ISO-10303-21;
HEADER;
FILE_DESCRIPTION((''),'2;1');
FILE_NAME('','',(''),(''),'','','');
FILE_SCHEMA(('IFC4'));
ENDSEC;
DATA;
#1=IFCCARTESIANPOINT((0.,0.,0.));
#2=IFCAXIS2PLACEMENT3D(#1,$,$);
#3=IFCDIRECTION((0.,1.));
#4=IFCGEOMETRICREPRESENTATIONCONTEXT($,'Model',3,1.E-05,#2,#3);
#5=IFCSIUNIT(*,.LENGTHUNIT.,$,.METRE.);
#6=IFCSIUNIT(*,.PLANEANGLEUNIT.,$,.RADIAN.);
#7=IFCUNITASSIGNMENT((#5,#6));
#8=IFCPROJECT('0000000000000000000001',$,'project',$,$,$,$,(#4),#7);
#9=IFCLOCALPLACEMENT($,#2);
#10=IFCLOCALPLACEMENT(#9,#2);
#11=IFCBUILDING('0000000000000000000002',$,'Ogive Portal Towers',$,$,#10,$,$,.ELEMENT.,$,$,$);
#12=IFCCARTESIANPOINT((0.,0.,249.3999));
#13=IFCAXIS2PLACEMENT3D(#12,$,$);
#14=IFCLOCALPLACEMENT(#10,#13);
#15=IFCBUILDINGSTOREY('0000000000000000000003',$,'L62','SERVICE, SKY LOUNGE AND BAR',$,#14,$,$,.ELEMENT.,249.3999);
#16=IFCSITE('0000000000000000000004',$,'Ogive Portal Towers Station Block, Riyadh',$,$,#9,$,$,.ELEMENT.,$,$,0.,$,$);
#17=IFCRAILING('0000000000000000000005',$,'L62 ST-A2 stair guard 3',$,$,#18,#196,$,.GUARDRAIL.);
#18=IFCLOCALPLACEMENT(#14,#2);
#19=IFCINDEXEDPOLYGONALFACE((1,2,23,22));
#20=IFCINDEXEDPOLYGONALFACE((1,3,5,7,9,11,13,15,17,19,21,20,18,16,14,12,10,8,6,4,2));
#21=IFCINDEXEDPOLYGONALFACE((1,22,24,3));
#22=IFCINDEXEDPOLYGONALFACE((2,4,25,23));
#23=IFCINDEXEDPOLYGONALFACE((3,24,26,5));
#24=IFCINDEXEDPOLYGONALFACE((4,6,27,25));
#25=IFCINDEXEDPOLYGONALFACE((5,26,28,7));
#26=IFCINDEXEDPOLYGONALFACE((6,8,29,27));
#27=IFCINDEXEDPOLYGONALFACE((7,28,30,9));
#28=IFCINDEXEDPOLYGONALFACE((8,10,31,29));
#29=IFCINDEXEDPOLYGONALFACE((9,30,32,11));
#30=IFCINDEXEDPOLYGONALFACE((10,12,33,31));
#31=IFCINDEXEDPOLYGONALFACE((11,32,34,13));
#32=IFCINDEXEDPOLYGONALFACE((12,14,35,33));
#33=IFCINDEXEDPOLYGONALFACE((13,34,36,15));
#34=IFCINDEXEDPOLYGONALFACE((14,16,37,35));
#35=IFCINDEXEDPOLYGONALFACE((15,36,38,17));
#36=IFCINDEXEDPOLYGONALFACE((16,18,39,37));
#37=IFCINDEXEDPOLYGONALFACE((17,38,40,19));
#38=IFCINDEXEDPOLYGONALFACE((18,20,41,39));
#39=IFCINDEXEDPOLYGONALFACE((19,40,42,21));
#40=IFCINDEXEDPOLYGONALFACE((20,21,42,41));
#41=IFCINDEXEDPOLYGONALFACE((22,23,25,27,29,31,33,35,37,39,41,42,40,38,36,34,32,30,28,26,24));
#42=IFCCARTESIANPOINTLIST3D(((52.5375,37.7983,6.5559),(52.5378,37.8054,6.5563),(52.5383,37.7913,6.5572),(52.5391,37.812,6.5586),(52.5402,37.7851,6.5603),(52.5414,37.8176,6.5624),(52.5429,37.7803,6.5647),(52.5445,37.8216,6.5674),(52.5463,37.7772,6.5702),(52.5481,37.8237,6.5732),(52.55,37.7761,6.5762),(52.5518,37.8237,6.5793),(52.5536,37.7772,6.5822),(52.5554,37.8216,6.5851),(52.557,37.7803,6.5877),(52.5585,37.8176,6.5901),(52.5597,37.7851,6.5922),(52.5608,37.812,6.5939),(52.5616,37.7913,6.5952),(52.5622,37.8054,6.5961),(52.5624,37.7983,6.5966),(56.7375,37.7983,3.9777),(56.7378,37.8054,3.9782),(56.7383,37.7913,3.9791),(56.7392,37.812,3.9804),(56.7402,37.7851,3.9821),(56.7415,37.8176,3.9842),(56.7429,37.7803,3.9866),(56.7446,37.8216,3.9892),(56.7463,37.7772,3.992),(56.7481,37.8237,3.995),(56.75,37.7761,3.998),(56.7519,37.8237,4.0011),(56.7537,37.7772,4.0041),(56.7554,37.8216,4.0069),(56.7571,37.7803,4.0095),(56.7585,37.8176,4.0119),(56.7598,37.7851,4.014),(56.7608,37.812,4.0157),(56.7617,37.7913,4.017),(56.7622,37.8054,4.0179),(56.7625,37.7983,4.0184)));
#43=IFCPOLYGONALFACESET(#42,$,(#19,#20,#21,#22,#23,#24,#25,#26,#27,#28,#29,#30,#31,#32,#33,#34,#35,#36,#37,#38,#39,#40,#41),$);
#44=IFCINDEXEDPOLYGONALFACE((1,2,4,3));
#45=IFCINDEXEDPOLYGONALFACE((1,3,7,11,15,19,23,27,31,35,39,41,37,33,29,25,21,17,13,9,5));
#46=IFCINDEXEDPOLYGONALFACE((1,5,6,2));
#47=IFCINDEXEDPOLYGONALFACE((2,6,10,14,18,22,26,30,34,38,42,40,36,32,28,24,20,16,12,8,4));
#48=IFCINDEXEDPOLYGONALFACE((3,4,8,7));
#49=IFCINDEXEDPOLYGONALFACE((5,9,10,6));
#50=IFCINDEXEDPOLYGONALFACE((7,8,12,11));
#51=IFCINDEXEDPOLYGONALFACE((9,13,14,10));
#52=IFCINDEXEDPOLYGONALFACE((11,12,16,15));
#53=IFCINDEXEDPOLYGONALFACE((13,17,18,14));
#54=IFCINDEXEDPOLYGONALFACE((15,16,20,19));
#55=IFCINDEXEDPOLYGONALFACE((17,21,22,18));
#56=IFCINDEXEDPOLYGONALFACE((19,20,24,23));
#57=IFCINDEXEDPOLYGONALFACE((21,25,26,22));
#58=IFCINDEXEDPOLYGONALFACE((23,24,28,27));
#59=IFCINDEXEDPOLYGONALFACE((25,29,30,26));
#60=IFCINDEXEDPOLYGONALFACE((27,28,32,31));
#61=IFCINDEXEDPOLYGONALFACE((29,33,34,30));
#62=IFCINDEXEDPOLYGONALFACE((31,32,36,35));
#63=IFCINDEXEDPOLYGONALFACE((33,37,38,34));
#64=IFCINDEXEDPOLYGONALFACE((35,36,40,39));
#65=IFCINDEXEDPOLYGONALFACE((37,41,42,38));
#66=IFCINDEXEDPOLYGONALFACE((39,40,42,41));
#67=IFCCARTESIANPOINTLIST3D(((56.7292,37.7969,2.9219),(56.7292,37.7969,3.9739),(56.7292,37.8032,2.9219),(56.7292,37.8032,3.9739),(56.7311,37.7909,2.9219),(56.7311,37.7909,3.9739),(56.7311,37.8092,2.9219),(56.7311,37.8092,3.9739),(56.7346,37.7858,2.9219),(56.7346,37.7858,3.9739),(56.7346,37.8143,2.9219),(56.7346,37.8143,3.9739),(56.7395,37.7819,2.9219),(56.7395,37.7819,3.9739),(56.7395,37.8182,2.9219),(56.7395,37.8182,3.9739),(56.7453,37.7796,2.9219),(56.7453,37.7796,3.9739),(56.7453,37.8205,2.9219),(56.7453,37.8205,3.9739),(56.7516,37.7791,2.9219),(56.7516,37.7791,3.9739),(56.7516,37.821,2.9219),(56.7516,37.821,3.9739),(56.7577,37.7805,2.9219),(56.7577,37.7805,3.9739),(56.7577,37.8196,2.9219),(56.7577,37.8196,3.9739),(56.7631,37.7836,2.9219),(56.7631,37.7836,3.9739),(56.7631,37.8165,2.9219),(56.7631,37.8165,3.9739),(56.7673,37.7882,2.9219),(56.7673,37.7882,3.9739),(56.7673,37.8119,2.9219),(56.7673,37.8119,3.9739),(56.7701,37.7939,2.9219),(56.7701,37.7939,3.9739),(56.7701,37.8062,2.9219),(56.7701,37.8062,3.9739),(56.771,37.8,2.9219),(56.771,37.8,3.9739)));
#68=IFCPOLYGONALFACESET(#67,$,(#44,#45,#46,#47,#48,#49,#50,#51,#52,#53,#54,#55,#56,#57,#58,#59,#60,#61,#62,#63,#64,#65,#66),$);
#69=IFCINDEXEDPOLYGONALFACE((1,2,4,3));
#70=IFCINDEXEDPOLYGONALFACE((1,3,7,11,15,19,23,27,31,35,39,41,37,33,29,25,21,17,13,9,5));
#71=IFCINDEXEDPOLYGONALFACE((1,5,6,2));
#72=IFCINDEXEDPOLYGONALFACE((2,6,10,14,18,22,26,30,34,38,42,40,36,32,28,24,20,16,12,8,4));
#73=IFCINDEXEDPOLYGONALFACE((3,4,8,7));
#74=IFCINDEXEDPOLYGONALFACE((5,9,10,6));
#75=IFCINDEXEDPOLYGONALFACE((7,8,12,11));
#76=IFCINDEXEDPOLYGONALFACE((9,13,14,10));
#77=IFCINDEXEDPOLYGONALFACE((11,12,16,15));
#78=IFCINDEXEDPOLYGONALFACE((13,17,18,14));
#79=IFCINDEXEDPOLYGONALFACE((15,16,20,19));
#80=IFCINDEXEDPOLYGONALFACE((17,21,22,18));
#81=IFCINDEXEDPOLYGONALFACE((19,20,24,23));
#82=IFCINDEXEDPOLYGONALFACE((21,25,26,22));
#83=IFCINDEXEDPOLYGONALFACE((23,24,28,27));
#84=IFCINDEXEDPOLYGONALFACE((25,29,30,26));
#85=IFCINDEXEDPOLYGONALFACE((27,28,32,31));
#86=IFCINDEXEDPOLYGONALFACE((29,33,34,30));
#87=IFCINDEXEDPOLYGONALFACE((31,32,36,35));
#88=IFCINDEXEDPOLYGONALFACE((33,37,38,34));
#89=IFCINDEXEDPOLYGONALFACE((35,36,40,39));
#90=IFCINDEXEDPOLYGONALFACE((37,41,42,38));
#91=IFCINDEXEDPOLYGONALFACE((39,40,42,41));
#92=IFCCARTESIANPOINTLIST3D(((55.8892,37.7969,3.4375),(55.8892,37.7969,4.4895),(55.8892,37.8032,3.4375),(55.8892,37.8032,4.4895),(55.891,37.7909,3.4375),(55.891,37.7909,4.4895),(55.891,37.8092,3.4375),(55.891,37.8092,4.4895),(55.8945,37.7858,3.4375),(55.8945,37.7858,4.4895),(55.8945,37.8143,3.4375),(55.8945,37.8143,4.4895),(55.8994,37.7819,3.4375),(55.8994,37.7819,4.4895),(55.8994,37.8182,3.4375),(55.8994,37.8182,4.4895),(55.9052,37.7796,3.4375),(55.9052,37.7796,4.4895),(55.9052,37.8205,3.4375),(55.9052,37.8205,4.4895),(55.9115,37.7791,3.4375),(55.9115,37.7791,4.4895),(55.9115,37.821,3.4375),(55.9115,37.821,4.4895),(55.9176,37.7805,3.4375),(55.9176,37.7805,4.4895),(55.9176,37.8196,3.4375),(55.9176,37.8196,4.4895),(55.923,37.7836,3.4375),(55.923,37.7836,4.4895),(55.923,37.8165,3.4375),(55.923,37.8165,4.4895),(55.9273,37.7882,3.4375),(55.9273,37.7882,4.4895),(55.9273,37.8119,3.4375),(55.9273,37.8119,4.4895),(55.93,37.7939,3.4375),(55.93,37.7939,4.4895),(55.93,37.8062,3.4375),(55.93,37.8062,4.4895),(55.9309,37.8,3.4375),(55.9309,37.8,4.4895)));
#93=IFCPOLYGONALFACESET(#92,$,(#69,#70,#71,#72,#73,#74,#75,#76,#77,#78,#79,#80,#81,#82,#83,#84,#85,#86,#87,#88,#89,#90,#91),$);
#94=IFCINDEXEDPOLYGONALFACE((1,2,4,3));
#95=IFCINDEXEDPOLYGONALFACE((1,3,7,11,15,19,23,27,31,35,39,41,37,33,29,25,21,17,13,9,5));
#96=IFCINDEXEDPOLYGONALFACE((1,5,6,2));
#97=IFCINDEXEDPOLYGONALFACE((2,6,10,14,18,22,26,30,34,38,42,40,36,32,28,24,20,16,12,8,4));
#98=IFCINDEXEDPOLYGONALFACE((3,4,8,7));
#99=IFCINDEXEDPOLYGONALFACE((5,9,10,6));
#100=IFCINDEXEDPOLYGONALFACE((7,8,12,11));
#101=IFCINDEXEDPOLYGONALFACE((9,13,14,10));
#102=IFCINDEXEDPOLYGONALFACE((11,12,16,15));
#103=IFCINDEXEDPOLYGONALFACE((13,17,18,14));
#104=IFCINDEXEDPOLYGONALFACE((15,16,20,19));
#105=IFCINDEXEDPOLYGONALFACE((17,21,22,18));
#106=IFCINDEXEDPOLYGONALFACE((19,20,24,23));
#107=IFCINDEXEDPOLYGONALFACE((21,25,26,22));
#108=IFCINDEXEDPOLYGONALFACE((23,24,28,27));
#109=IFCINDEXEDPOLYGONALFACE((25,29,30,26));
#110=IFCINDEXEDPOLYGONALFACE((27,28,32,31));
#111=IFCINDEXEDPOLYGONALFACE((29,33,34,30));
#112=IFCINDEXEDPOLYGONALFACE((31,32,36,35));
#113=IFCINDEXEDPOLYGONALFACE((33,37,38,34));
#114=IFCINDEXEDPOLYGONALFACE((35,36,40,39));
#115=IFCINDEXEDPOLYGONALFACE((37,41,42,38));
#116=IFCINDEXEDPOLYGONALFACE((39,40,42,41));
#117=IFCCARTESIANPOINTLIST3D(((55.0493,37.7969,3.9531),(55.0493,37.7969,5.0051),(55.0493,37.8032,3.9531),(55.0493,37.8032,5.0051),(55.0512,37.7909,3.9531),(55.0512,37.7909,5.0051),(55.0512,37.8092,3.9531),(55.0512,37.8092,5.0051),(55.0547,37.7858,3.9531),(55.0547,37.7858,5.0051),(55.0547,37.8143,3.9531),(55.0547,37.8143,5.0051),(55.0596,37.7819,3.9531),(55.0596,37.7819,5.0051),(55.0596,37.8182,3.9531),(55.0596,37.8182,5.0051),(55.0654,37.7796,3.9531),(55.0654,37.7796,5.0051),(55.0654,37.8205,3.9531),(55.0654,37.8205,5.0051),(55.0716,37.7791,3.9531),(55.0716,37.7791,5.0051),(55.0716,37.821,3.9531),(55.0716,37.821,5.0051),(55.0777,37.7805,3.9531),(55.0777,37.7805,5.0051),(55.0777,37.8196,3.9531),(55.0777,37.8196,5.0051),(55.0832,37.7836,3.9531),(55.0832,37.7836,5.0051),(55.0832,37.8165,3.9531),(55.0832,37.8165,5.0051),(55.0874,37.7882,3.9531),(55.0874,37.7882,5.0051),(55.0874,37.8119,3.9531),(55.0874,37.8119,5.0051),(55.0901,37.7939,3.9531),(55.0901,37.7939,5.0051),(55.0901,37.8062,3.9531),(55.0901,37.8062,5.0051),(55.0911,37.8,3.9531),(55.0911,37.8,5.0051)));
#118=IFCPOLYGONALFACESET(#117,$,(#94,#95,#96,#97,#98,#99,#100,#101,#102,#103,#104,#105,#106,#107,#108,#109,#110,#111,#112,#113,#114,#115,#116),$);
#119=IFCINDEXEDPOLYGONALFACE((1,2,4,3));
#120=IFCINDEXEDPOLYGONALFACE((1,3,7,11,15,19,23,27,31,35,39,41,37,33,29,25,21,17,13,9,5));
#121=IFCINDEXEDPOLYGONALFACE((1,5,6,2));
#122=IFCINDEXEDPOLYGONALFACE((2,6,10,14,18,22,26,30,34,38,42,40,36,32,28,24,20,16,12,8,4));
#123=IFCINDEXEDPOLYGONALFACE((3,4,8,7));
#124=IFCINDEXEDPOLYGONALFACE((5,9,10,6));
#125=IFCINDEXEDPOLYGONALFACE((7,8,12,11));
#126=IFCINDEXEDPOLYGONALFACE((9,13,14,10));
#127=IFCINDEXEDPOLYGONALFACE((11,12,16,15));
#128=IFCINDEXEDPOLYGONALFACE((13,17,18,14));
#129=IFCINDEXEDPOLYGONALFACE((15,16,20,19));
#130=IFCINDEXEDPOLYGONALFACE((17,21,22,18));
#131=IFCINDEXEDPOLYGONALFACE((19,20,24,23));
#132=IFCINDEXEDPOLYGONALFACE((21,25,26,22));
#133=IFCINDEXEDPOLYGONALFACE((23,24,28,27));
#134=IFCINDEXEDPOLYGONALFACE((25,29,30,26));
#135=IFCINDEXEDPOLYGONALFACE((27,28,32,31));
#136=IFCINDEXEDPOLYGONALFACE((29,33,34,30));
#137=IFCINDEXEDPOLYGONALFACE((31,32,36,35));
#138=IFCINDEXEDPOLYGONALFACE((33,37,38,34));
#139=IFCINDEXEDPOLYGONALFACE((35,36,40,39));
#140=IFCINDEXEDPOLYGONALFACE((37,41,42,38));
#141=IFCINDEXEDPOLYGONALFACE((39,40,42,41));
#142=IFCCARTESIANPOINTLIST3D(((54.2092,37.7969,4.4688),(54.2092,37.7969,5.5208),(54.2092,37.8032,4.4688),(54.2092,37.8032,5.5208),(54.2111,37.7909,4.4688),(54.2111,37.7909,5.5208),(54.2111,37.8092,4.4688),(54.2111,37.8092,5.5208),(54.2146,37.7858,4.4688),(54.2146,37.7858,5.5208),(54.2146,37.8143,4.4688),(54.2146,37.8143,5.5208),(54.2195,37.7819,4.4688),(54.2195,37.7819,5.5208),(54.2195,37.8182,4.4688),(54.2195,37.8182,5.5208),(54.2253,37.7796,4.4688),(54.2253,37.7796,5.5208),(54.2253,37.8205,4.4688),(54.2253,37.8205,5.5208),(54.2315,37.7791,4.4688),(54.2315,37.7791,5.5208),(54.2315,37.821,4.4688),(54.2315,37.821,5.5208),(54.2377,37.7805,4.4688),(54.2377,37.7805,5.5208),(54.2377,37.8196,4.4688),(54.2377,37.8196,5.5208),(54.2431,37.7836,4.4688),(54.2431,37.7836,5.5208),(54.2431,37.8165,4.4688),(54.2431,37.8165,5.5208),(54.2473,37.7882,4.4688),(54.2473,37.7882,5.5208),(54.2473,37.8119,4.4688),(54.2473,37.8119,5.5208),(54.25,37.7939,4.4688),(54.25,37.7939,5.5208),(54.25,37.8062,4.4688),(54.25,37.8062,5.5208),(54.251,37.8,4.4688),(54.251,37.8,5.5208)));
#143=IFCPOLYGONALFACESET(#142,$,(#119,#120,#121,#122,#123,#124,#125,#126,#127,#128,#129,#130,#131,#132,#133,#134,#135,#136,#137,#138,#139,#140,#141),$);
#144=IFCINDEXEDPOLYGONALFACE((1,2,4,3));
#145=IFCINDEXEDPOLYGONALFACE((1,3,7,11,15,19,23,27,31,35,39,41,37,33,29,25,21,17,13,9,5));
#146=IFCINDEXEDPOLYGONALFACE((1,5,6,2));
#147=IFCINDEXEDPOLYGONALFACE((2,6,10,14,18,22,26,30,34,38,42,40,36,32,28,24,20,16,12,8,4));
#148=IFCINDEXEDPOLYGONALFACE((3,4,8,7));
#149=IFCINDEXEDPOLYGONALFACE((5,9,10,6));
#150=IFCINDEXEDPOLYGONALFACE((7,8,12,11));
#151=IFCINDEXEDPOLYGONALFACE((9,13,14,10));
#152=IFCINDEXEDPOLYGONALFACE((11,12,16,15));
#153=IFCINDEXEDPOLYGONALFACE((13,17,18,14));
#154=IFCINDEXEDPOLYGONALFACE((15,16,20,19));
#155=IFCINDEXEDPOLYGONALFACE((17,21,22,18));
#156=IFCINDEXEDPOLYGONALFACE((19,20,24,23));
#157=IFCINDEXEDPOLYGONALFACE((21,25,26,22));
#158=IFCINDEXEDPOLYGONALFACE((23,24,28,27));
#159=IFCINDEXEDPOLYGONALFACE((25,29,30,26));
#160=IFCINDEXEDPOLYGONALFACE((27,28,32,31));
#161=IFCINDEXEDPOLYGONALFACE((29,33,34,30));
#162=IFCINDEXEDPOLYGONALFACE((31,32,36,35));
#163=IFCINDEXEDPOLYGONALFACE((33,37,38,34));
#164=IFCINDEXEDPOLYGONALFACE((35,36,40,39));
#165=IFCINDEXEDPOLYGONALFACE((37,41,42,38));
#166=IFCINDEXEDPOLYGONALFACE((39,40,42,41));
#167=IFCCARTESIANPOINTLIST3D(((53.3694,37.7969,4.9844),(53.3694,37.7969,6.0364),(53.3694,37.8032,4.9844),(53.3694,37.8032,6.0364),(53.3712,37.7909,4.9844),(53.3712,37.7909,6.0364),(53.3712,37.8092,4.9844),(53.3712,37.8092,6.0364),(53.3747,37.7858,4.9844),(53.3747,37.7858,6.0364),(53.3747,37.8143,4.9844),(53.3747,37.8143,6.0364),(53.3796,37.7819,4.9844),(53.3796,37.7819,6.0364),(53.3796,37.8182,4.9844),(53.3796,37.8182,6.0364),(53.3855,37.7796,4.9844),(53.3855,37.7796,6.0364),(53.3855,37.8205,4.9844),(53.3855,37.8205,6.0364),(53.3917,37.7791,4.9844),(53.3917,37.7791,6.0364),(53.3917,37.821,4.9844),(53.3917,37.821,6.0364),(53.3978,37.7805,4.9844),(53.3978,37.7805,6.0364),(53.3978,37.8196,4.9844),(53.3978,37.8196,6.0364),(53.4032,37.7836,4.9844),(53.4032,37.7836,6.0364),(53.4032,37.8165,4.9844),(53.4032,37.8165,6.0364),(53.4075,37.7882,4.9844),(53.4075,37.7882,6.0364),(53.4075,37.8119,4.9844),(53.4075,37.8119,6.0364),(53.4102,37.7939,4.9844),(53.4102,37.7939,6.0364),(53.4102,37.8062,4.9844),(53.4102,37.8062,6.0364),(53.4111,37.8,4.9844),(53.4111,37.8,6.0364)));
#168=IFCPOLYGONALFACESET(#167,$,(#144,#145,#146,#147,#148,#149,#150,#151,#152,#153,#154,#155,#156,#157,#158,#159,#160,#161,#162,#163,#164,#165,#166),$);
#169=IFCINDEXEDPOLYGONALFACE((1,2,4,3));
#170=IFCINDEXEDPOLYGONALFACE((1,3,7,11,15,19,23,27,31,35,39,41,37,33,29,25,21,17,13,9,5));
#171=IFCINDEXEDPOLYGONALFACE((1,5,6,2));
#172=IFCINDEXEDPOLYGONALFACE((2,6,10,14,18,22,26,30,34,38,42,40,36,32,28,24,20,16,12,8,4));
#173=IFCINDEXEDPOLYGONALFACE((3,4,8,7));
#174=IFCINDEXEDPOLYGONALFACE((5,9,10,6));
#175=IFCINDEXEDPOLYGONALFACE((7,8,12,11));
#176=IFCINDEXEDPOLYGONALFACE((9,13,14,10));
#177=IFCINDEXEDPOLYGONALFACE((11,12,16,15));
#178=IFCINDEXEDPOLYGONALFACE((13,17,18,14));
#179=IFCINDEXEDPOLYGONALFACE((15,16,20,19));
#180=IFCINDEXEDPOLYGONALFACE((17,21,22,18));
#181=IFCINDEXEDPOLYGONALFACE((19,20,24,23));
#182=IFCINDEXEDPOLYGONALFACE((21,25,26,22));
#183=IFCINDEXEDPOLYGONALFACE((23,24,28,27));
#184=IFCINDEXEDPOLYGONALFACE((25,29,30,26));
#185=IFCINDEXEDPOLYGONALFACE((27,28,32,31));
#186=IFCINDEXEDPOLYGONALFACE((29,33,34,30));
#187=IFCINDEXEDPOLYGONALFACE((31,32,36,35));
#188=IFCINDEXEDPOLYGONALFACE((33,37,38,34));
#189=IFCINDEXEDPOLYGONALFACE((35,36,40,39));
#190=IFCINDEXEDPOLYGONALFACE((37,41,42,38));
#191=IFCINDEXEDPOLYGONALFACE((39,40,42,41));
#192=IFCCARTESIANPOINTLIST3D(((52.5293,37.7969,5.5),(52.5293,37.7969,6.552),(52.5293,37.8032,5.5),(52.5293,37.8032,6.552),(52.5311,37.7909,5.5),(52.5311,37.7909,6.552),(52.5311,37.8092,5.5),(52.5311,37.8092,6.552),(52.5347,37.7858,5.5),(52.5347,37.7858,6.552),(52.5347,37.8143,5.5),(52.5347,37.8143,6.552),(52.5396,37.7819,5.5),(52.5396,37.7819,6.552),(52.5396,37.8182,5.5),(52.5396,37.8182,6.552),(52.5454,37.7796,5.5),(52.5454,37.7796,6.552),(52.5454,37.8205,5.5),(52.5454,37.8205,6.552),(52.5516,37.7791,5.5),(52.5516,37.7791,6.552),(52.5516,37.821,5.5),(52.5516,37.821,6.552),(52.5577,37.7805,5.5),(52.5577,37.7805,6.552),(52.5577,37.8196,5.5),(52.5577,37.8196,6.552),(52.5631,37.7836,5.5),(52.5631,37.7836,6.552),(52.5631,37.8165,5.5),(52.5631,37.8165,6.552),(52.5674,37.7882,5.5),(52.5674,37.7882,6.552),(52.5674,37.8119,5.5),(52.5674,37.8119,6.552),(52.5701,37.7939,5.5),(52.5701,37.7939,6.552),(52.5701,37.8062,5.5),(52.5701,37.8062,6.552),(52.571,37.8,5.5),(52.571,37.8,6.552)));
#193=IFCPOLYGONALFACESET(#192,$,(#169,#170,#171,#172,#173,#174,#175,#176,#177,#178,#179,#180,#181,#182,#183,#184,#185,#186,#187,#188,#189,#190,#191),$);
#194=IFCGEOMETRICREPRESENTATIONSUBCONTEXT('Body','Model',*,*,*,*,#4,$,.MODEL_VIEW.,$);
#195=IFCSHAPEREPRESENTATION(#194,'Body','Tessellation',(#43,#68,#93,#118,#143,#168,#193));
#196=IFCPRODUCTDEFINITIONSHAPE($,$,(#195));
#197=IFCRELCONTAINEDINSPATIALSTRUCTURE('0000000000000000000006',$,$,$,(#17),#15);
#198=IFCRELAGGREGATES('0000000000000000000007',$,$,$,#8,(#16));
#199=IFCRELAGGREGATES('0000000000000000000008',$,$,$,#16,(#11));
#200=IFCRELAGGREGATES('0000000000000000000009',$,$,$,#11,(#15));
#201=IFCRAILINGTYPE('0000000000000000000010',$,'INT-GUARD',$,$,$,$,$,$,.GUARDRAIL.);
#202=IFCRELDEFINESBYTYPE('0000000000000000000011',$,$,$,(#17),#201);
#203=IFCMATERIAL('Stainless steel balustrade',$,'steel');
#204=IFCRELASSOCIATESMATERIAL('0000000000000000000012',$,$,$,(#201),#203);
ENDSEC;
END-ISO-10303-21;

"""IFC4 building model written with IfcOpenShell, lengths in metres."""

from ifc_helpers import new_model, si_unit, direction, frame, origin, origin_2d, place, context, subcontext, project, spatial, circle, extrude, material, type_object, element, save


model = new_model("IFC4")

# Units and contexts
model_context = context("Model", 3, precision=1e-05, world=origin(), true_north=direction((0.0, 1.0)))
body_context = subcontext(model_context, "Body", "Model", "MODEL_VIEW")
ifc_project = project(units=[si_unit("LENGTHUNIT", "METRE"), si_unit("PLANEANGLEUNIT", "RADIAN")], contexts=[model_context])

# Site, building, storey
site_placement = place(None, origin())
site = spatial("IfcSite", under=ifc_project, at=site_placement, Name="Ogive Portal Towers Station Block, Riyadh", CompositionType="ELEMENT", RefElevation=0.0)
building_placement = place(site_placement, origin())
building = spatial("IfcBuilding", under=site, at=building_placement, Name="Ogive Portal Towers", CompositionType="ELEMENT")
storey_placement = place(building_placement, frame((0.0, 0.0, 249.3999)))
storey = spatial("IfcBuildingStorey", under=building, at=storey_placement, Name="L62", Description="SERVICE, SKY LOUNGE AND BAR", CompositionType="ELEMENT", Elevation=249.3999)

# Railing
ifc_material_1 = material(Name="Stainless steel balustrade", Category="steel")
railing_type_1 = type_object("IfcRailingType", Name="INT-GUARD", PredefinedType="GUARDRAIL", material=ifc_material_1)
railing_1_placement = place(storey_placement, frame((56.75, 37.8, 2.9219)))
element("IfcRailing", 1, at=railing_1_placement, inside=storey, type_object=railing_type_1, Name="L62 ST-A2 stair guard 3", PredefinedType="GUARDRAIL", context=body_context, shape_type="SweptSolid", body=[
    extrude(circle(Radius=0.0239, at=origin_2d()), frame((0.0, 0.0, 1.0762), z_axis=(-0.852243, 0.0, 0.523146), x_axis=(0.0, -1.0, 0.0)), (0.0, 0.0, 1.0), 4.9282),
    extrude(circle(Radius=0.021, at=origin_2d()), origin(), (0.0, 0.0, 1.0), 1.052),
    extrude(circle(Radius=0.021, at=origin_2d()), frame((-0.8401, 0.0, 0.5156)), (0.0, 0.0, 1.0), 1.052),
    extrude(circle(Radius=0.021, at=origin_2d()), frame((-1.6799, 0.0, 1.0312)), (0.0, 0.0, 1.0), 1.052),
    extrude(circle(Radius=0.021, at=origin_2d()), frame((-2.52, 0.0, 1.5469)), (0.0, 0.0, 1.0), 1.052),
    extrude(circle(Radius=0.021, at=origin_2d()), frame((-3.3599, 0.0, 2.0625)), (0.0, 0.0, 1.0), 1.052),
    extrude(circle(Radius=0.021, at=origin_2d()), frame((-4.2, 0.0, 2.5781)), (0.0, 0.0, 1.0), 1.052),
])

save(model, "model.ifc")
